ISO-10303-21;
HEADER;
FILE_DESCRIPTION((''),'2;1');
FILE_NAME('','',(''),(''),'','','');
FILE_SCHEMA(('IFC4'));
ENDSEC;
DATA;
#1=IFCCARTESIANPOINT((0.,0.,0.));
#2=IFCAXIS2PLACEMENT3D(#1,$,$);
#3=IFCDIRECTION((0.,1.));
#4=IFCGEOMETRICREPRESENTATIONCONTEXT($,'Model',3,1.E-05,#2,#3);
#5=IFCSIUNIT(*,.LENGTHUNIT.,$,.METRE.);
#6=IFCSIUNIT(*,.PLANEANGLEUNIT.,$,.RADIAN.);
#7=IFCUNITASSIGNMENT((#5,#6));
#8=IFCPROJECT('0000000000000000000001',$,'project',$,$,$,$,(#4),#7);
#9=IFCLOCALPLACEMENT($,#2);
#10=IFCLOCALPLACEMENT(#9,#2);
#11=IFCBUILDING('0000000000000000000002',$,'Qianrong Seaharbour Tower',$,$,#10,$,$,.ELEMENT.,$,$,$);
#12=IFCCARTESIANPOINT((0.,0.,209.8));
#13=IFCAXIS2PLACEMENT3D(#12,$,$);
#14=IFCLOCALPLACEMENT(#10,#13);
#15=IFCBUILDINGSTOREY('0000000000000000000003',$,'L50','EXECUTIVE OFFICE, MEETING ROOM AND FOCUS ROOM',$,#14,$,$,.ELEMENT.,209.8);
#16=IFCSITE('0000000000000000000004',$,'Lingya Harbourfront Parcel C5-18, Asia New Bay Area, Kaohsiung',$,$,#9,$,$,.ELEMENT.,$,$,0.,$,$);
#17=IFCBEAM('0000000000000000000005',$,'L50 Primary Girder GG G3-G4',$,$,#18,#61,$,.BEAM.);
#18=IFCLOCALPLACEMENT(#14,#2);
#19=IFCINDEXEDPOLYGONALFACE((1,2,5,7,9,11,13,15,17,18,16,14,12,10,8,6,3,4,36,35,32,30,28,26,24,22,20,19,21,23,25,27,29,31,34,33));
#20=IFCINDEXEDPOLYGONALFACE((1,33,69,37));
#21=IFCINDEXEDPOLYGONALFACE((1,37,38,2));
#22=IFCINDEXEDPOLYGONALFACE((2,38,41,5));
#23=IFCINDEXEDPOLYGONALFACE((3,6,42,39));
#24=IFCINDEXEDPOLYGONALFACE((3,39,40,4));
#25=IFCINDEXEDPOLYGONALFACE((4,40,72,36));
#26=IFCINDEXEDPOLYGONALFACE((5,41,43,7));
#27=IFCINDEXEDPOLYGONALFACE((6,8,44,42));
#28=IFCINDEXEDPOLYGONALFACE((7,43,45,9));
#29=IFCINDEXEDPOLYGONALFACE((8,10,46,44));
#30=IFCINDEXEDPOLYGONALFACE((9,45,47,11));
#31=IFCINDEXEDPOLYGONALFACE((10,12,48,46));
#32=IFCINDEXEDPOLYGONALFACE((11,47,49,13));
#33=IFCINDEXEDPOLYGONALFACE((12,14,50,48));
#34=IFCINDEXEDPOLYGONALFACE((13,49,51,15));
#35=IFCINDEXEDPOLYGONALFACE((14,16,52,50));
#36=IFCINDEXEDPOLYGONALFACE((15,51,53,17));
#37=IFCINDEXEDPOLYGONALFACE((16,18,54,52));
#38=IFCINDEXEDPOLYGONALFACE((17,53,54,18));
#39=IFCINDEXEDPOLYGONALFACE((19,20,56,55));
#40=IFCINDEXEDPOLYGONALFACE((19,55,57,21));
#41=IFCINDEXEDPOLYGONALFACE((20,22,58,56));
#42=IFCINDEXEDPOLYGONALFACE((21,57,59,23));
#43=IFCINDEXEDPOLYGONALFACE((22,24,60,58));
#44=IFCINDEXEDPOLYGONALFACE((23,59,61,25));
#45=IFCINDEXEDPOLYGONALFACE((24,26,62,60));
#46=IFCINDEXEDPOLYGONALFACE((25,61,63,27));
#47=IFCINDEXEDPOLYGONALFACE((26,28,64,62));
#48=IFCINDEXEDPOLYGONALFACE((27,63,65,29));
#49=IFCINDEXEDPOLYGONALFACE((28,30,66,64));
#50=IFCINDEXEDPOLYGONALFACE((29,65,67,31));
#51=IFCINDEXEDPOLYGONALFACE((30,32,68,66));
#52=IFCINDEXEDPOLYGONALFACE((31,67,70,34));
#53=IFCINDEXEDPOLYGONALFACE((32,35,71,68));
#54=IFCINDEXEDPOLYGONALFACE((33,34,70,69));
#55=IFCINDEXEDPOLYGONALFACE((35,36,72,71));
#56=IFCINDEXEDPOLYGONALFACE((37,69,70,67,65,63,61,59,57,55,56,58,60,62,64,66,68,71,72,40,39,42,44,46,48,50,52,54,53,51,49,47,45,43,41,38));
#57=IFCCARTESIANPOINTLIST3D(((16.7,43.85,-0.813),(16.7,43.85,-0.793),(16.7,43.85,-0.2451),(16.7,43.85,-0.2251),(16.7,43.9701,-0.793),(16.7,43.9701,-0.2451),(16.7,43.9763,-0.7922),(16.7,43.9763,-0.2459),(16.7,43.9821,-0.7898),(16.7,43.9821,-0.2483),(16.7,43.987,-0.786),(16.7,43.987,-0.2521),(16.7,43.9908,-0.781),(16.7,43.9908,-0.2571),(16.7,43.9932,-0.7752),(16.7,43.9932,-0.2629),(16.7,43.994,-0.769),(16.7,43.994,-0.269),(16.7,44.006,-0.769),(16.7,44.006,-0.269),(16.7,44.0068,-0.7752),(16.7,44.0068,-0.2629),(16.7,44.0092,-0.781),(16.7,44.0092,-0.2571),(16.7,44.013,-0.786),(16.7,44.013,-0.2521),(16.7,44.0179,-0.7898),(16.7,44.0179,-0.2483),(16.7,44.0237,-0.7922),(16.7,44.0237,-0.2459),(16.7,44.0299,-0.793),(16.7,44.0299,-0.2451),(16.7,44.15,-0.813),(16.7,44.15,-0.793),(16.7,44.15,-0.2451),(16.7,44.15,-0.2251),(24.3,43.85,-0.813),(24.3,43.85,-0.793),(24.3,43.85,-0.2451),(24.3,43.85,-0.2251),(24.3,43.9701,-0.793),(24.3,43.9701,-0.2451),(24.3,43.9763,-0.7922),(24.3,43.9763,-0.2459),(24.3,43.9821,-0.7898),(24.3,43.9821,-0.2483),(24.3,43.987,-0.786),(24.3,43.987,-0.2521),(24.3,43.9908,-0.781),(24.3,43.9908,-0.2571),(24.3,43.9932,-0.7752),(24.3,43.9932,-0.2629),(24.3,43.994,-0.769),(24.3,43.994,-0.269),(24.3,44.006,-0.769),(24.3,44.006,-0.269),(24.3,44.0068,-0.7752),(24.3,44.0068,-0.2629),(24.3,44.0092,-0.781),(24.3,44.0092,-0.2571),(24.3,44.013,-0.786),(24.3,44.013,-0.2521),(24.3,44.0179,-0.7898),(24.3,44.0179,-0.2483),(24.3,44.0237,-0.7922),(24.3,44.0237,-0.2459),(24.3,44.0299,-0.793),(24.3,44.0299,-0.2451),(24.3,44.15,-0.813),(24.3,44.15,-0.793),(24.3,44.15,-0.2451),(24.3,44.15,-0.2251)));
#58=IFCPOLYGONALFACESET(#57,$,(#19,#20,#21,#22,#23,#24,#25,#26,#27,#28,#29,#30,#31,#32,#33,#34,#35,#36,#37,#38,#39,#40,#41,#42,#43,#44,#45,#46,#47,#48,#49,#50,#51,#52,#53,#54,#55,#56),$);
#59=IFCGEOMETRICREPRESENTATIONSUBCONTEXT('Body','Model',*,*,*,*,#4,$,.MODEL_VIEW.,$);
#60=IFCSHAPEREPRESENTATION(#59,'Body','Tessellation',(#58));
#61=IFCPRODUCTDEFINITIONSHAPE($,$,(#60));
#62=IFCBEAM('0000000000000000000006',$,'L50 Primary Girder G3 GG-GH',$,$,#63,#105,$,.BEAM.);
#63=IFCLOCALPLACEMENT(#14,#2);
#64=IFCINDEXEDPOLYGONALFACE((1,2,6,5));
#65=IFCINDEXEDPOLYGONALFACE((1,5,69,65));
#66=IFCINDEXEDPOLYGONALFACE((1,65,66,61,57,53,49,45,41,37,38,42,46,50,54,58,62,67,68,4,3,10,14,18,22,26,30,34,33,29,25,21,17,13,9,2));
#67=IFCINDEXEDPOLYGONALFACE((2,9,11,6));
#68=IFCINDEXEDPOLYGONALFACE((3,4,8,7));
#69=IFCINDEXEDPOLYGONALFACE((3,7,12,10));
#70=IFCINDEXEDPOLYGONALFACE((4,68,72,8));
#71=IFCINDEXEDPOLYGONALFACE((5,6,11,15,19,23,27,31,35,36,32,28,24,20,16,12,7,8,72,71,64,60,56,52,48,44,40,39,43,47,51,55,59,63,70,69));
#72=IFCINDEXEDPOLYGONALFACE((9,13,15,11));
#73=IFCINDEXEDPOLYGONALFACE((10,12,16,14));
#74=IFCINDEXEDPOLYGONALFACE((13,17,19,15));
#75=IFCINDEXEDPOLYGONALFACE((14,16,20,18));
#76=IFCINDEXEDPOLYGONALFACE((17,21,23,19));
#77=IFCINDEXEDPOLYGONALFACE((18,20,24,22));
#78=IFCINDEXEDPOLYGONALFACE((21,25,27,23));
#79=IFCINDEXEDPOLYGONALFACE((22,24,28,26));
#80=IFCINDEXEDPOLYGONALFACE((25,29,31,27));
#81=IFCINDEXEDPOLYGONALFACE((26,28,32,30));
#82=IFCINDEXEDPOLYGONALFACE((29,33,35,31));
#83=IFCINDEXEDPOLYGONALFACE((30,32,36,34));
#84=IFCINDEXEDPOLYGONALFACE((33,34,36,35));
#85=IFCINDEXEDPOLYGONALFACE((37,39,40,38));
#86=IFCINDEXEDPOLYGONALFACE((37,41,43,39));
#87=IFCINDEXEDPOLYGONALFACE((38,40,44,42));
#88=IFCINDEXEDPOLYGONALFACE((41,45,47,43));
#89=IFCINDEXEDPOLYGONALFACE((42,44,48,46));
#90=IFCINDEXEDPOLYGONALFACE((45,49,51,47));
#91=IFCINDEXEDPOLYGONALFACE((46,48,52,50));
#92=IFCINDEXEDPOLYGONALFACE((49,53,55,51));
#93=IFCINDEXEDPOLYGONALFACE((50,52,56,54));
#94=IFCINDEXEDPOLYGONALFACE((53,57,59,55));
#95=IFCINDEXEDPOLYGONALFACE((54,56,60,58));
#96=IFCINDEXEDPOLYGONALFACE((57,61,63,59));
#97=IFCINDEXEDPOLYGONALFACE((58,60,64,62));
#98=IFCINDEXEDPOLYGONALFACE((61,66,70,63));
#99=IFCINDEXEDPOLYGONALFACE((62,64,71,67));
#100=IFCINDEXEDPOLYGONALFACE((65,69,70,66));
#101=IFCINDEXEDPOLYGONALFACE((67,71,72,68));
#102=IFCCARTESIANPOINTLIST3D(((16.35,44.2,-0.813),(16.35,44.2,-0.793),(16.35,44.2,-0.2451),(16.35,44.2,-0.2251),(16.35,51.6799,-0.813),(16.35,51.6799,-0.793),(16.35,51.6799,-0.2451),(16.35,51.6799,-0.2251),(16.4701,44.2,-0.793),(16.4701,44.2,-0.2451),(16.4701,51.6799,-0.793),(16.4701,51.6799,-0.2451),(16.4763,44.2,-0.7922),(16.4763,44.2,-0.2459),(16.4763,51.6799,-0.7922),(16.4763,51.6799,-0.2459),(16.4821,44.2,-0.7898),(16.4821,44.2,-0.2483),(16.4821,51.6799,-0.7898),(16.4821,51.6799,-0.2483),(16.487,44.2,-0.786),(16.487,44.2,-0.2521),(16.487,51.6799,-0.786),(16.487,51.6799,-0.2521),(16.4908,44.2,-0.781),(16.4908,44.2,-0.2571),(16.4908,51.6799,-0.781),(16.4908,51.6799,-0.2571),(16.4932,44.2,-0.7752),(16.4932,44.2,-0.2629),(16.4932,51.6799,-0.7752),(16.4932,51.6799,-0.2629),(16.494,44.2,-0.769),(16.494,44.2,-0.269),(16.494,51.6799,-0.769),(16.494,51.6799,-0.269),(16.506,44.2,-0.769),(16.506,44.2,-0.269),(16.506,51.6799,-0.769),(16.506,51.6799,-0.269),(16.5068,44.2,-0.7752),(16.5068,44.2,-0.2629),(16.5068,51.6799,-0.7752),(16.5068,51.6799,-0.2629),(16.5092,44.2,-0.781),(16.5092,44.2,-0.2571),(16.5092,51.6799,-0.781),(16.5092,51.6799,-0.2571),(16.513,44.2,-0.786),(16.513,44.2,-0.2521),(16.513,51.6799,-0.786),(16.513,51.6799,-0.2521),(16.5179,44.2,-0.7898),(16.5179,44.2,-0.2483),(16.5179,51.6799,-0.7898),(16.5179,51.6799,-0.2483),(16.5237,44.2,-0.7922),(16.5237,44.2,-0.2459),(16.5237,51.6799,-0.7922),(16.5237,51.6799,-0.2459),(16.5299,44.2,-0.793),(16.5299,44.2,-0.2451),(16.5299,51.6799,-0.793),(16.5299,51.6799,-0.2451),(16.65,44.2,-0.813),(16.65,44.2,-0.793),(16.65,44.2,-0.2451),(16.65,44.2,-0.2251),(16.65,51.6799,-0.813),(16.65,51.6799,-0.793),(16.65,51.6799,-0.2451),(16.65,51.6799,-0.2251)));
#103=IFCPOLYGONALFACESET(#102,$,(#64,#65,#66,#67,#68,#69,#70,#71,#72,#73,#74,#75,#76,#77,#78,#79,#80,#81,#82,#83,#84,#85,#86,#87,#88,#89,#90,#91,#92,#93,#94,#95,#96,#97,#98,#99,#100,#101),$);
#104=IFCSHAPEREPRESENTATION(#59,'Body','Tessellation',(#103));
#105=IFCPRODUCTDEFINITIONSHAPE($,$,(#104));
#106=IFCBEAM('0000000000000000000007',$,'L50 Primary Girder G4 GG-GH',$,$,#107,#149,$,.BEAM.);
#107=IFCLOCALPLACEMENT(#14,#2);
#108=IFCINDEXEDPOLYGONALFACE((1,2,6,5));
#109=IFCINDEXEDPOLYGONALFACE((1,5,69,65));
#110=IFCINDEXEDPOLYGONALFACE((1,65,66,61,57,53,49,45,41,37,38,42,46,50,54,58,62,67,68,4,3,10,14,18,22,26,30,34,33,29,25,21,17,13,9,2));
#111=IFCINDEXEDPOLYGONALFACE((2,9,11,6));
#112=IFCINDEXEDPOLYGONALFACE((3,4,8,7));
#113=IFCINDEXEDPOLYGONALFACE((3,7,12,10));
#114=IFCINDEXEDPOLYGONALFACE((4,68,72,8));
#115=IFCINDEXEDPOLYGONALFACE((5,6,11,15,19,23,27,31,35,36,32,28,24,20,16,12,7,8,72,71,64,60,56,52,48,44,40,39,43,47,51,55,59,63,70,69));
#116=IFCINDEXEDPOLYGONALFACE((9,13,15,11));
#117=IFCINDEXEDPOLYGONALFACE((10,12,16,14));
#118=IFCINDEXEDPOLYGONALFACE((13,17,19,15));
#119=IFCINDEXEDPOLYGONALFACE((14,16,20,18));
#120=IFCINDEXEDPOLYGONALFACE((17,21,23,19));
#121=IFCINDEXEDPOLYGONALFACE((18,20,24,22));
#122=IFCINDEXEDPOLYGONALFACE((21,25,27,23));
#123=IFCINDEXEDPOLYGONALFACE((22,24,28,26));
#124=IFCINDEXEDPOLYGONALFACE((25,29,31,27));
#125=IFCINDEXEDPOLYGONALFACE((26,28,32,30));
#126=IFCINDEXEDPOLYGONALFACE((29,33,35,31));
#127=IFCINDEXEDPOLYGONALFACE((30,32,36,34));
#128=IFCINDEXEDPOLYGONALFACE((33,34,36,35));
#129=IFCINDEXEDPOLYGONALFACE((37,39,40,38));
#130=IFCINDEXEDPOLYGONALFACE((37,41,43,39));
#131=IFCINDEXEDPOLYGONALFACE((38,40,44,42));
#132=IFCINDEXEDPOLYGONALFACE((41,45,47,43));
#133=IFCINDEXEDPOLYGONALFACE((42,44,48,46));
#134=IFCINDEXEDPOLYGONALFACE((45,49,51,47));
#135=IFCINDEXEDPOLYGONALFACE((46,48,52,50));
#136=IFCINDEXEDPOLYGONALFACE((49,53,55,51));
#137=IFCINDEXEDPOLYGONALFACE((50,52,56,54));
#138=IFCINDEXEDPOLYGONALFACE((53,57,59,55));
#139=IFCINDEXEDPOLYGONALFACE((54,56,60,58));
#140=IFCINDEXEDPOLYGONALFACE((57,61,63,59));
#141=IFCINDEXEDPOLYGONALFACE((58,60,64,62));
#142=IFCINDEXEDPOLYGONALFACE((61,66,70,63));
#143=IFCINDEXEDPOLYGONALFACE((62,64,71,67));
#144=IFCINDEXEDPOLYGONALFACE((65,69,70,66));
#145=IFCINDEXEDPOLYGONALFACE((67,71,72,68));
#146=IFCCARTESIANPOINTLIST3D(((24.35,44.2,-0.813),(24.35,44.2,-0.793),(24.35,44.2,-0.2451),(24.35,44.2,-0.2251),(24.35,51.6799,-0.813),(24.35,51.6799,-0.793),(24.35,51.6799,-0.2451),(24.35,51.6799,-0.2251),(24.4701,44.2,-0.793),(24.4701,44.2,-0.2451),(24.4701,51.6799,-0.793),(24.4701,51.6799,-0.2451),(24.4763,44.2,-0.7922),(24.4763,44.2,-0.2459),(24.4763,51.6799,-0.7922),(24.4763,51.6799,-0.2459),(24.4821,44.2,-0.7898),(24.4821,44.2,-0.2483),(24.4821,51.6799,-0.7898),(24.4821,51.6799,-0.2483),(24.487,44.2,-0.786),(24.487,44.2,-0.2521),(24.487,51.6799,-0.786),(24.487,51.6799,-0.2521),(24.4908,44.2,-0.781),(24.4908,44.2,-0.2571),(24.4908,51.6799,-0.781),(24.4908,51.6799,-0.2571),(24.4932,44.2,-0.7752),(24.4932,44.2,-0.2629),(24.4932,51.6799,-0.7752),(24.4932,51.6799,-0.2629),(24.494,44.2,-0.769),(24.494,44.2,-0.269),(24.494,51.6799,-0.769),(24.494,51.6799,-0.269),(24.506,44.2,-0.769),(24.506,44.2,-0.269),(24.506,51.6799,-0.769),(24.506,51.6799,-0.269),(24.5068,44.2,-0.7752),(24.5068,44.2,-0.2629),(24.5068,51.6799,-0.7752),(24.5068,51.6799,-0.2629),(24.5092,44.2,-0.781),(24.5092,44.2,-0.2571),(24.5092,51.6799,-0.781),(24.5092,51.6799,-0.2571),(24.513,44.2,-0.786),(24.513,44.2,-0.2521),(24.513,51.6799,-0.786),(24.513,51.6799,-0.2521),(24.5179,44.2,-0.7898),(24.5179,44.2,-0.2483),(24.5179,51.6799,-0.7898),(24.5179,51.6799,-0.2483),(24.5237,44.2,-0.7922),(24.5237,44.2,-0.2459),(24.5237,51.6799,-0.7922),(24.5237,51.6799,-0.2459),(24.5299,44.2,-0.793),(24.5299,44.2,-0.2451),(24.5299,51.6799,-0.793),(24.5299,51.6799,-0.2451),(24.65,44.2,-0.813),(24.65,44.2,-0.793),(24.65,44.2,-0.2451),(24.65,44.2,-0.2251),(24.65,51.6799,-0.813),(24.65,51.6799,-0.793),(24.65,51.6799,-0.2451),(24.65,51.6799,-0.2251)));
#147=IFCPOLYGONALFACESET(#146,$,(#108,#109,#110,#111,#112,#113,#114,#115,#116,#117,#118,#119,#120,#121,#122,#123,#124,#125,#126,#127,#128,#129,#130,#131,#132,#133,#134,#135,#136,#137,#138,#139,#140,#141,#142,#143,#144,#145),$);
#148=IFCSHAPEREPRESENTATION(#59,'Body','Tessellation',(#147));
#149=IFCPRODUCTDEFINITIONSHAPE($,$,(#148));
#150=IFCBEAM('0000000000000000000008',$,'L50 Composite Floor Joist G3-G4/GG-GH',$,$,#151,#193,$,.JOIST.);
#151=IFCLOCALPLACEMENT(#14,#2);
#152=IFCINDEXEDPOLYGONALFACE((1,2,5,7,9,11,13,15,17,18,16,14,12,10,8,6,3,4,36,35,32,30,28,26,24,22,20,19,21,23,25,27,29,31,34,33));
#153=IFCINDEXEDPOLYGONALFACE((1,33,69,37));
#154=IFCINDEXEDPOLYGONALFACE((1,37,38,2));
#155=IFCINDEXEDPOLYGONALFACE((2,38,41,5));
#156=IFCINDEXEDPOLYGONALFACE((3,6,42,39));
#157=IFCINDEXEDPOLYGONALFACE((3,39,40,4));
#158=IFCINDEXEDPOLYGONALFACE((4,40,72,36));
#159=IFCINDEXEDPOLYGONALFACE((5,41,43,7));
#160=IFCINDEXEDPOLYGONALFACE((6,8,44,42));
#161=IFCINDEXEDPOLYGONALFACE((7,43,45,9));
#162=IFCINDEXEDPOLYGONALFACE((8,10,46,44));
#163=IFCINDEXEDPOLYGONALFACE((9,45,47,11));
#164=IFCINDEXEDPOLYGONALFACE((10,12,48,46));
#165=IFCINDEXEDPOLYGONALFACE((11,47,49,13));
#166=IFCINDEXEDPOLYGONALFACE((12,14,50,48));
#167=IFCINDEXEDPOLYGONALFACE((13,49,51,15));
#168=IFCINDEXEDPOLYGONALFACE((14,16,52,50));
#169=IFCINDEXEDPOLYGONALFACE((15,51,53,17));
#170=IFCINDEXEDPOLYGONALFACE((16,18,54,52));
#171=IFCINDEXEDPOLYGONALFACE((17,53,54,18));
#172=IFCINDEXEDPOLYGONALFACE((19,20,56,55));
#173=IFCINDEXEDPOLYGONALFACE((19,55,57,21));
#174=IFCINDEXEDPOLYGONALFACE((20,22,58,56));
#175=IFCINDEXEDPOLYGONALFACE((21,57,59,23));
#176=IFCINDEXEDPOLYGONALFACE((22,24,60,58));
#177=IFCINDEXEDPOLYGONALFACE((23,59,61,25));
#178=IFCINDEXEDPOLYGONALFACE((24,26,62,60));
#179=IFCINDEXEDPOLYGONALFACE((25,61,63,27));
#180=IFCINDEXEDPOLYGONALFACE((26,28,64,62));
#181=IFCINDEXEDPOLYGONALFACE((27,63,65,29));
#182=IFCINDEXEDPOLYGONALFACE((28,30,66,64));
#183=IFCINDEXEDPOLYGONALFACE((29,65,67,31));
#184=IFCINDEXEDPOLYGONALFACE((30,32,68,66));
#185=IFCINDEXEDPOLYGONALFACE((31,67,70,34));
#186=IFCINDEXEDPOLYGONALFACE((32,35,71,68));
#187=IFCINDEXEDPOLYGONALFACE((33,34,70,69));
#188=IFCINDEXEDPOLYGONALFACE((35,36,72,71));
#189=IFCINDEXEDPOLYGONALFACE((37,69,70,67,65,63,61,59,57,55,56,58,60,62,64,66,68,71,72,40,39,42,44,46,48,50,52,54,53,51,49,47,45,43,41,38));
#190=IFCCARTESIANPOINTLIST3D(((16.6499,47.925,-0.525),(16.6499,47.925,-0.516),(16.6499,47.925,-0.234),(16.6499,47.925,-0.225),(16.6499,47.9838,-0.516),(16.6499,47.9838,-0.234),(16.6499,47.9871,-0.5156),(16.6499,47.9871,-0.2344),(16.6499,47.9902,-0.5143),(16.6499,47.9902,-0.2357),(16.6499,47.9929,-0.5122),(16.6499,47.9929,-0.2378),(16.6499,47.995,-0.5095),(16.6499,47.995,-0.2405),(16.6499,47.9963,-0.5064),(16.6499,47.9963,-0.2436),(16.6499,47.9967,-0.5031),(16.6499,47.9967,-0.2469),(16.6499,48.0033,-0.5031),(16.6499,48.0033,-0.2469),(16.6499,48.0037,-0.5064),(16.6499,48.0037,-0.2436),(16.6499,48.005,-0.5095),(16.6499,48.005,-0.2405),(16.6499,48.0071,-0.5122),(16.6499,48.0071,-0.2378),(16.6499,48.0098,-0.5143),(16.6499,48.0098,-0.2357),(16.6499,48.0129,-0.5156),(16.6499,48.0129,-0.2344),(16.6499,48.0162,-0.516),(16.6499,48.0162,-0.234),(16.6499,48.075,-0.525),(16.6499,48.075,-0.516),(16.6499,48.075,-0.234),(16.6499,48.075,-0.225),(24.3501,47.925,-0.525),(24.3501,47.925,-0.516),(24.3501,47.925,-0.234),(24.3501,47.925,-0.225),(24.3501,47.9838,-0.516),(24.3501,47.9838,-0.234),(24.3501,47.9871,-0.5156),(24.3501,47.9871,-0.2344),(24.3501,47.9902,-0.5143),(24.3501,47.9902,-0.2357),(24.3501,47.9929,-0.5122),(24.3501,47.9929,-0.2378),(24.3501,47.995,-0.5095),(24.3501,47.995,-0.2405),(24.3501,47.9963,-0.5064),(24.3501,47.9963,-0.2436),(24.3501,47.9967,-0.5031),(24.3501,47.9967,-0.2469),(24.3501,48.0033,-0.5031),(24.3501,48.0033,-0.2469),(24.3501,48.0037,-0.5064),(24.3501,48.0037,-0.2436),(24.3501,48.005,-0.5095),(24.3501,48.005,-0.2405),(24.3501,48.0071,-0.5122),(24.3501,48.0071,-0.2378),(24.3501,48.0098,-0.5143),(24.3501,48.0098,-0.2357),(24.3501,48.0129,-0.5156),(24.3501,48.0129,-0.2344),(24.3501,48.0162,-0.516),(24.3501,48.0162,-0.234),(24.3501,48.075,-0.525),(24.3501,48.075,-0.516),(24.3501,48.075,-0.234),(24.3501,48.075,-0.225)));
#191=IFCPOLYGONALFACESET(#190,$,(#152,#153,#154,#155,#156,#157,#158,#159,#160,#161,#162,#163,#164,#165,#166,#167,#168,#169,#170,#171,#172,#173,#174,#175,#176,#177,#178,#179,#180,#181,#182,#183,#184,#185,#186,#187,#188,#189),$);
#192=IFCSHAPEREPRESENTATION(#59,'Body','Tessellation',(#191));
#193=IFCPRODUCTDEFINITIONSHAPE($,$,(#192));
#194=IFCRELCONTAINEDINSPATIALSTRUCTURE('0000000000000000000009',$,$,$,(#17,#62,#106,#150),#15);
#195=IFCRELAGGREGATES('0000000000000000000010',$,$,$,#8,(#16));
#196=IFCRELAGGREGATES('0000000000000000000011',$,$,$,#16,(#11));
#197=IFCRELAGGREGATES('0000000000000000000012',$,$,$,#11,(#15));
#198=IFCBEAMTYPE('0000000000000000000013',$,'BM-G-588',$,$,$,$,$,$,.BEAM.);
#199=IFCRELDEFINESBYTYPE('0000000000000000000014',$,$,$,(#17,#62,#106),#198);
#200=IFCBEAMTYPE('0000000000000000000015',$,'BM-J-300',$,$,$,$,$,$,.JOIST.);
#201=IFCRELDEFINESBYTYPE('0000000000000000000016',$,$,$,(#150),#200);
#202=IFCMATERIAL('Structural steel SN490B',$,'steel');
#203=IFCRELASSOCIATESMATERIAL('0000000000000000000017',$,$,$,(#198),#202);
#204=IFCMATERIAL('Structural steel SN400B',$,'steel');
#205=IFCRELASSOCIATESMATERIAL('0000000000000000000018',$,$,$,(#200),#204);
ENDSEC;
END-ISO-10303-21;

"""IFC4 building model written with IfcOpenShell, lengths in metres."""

from ifc_helpers import new_model, si_unit, direction, frame, origin, origin_2d, place, context, subcontext, project, spatial, i_section, extrude, material, material_profile, profile_set, type_object, element, save


model = new_model("IFC4")

# Units and contexts
model_context = context("Model", 3, precision=1e-05, world=origin(), true_north=direction((0.0, 1.0)))
body_context = subcontext(model_context, "Body", "Model", "MODEL_VIEW")
ifc_project = project(units=[si_unit("LENGTHUNIT", "METRE"), si_unit("PLANEANGLEUNIT", "RADIAN")], contexts=[model_context])

# Site, building, storey
site_placement = place(None, origin())
site = spatial("IfcSite", under=ifc_project, at=site_placement, Name="Lingya Harbourfront Parcel C5-18, Asia New Bay Area, Kaohsiung", CompositionType="ELEMENT", RefElevation=0.0)
building_placement = place(site_placement, origin())
building = spatial("IfcBuilding", under=site, at=building_placement, Name="Qianrong Seaharbour Tower", CompositionType="ELEMENT")
storey_placement = place(building_placement, frame((0.0, 0.0, 209.8)))
storey = spatial("IfcBuildingStorey", under=building, at=storey_placement, Name="L50", Description="EXECUTIVE OFFICE, MEETING ROOM AND FOCUS ROOM", CompositionType="ELEMENT", Elevation=209.8)

# Shared definitions
ifc_material_1 = material(Name="Structural steel SN490B", Category="steel")

# Beams
ifc_material_profile_1 = material_profile(ifc_material_1, i_section(OverallWidth=0.3, OverallDepth=0.5879, WebThickness=0.012, FlangeThickness=0.02, FilletRadius=0.0239, at=origin_2d()), Name="H588x300x12x20")
ifc_profile_set_1 = profile_set([ifc_material_profile_1], Name="Structural steel SN490B")
beam_type_1 = type_object("IfcBeamType", Name="BM-G-588", PredefinedType="BEAM", material=ifc_profile_set_1)
beam_1_placement = place(storey_placement, frame((16.7, 44.0, -0.519), z_axis=(1.0, 0.0, 0.0), x_axis=(0.0, 1.0, 0.0)))
element("IfcBeam", 1, at=beam_1_placement, inside=storey, type_object=beam_type_1, Name="L50 Primary Girder GG G3-G4", PredefinedType="BEAM", context=body_context, shape_type="SweptSolid", body=[
    extrude(i_section(OverallWidth=0.3, OverallDepth=0.5879, WebThickness=0.012, FlangeThickness=0.02, FilletRadius=0.0239, at=origin_2d()), origin(), (0.0, 0.0, 1.0), 7.6001),
])
for number, where, z_axis, x_axis, name in (
    (2, (16.5, 44.2, -0.519), (0.0, 1.0, 0.0), (-1.0, 0.0, 0.0), "L50 Primary Girder G3 GG-GH"),
    (3, (24.5, 44.2, -0.519), (0.0, 1.0, 0.0), (-1.0, 0.0, 0.0), "L50 Primary Girder G4 GG-GH"),
):
    element("IfcBeam", number, at=place(storey_placement, frame(where, z_axis=z_axis, x_axis=x_axis)), inside=storey, type_object=beam_type_1, Name=name, PredefinedType="BEAM", context=body_context, shape_type="SweptSolid", body=[
        extrude(i_section(OverallWidth=0.3, OverallDepth=0.5879, WebThickness=0.012, FlangeThickness=0.02, FilletRadius=0.0239, at=origin_2d()), origin(), (0.0, 0.0, 1.0), 7.48),
    ])
ifc_material_2 = material(Name="Structural steel SN400B", Category="steel")
ifc_material_profile_2 = material_profile(ifc_material_2, i_section(OverallWidth=0.1499, OverallDepth=0.3, WebThickness=0.0066, FlangeThickness=0.009, FilletRadius=0.0129, at=origin_2d()), Name="H300x150x6.5x9")
ifc_profile_set_2 = profile_set([ifc_material_profile_2], Name="Structural steel SN400B")
beam_type_2 = type_object("IfcBeamType", Name="BM-J-300", PredefinedType="JOIST", material=ifc_profile_set_2)
beam_2_placement = place(storey_placement, frame((16.6499, 48.0, -0.375), z_axis=(1.0, 0.0, 0.0), x_axis=(0.0, 1.0, 0.0)))
element("IfcBeam", 4, at=beam_2_placement, inside=storey, type_object=beam_type_2, Name="L50 Composite Floor Joist G3-G4/GG-GH", PredefinedType="JOIST", context=body_context, shape_type="SweptSolid", body=[
    extrude(i_section(OverallWidth=0.1499, OverallDepth=0.3, WebThickness=0.0066, FlangeThickness=0.009, FilletRadius=0.0129, at=origin_2d()), origin(), (0.0, 0.0, 1.0), 7.7002),
])

save(model, "model.ifc")
